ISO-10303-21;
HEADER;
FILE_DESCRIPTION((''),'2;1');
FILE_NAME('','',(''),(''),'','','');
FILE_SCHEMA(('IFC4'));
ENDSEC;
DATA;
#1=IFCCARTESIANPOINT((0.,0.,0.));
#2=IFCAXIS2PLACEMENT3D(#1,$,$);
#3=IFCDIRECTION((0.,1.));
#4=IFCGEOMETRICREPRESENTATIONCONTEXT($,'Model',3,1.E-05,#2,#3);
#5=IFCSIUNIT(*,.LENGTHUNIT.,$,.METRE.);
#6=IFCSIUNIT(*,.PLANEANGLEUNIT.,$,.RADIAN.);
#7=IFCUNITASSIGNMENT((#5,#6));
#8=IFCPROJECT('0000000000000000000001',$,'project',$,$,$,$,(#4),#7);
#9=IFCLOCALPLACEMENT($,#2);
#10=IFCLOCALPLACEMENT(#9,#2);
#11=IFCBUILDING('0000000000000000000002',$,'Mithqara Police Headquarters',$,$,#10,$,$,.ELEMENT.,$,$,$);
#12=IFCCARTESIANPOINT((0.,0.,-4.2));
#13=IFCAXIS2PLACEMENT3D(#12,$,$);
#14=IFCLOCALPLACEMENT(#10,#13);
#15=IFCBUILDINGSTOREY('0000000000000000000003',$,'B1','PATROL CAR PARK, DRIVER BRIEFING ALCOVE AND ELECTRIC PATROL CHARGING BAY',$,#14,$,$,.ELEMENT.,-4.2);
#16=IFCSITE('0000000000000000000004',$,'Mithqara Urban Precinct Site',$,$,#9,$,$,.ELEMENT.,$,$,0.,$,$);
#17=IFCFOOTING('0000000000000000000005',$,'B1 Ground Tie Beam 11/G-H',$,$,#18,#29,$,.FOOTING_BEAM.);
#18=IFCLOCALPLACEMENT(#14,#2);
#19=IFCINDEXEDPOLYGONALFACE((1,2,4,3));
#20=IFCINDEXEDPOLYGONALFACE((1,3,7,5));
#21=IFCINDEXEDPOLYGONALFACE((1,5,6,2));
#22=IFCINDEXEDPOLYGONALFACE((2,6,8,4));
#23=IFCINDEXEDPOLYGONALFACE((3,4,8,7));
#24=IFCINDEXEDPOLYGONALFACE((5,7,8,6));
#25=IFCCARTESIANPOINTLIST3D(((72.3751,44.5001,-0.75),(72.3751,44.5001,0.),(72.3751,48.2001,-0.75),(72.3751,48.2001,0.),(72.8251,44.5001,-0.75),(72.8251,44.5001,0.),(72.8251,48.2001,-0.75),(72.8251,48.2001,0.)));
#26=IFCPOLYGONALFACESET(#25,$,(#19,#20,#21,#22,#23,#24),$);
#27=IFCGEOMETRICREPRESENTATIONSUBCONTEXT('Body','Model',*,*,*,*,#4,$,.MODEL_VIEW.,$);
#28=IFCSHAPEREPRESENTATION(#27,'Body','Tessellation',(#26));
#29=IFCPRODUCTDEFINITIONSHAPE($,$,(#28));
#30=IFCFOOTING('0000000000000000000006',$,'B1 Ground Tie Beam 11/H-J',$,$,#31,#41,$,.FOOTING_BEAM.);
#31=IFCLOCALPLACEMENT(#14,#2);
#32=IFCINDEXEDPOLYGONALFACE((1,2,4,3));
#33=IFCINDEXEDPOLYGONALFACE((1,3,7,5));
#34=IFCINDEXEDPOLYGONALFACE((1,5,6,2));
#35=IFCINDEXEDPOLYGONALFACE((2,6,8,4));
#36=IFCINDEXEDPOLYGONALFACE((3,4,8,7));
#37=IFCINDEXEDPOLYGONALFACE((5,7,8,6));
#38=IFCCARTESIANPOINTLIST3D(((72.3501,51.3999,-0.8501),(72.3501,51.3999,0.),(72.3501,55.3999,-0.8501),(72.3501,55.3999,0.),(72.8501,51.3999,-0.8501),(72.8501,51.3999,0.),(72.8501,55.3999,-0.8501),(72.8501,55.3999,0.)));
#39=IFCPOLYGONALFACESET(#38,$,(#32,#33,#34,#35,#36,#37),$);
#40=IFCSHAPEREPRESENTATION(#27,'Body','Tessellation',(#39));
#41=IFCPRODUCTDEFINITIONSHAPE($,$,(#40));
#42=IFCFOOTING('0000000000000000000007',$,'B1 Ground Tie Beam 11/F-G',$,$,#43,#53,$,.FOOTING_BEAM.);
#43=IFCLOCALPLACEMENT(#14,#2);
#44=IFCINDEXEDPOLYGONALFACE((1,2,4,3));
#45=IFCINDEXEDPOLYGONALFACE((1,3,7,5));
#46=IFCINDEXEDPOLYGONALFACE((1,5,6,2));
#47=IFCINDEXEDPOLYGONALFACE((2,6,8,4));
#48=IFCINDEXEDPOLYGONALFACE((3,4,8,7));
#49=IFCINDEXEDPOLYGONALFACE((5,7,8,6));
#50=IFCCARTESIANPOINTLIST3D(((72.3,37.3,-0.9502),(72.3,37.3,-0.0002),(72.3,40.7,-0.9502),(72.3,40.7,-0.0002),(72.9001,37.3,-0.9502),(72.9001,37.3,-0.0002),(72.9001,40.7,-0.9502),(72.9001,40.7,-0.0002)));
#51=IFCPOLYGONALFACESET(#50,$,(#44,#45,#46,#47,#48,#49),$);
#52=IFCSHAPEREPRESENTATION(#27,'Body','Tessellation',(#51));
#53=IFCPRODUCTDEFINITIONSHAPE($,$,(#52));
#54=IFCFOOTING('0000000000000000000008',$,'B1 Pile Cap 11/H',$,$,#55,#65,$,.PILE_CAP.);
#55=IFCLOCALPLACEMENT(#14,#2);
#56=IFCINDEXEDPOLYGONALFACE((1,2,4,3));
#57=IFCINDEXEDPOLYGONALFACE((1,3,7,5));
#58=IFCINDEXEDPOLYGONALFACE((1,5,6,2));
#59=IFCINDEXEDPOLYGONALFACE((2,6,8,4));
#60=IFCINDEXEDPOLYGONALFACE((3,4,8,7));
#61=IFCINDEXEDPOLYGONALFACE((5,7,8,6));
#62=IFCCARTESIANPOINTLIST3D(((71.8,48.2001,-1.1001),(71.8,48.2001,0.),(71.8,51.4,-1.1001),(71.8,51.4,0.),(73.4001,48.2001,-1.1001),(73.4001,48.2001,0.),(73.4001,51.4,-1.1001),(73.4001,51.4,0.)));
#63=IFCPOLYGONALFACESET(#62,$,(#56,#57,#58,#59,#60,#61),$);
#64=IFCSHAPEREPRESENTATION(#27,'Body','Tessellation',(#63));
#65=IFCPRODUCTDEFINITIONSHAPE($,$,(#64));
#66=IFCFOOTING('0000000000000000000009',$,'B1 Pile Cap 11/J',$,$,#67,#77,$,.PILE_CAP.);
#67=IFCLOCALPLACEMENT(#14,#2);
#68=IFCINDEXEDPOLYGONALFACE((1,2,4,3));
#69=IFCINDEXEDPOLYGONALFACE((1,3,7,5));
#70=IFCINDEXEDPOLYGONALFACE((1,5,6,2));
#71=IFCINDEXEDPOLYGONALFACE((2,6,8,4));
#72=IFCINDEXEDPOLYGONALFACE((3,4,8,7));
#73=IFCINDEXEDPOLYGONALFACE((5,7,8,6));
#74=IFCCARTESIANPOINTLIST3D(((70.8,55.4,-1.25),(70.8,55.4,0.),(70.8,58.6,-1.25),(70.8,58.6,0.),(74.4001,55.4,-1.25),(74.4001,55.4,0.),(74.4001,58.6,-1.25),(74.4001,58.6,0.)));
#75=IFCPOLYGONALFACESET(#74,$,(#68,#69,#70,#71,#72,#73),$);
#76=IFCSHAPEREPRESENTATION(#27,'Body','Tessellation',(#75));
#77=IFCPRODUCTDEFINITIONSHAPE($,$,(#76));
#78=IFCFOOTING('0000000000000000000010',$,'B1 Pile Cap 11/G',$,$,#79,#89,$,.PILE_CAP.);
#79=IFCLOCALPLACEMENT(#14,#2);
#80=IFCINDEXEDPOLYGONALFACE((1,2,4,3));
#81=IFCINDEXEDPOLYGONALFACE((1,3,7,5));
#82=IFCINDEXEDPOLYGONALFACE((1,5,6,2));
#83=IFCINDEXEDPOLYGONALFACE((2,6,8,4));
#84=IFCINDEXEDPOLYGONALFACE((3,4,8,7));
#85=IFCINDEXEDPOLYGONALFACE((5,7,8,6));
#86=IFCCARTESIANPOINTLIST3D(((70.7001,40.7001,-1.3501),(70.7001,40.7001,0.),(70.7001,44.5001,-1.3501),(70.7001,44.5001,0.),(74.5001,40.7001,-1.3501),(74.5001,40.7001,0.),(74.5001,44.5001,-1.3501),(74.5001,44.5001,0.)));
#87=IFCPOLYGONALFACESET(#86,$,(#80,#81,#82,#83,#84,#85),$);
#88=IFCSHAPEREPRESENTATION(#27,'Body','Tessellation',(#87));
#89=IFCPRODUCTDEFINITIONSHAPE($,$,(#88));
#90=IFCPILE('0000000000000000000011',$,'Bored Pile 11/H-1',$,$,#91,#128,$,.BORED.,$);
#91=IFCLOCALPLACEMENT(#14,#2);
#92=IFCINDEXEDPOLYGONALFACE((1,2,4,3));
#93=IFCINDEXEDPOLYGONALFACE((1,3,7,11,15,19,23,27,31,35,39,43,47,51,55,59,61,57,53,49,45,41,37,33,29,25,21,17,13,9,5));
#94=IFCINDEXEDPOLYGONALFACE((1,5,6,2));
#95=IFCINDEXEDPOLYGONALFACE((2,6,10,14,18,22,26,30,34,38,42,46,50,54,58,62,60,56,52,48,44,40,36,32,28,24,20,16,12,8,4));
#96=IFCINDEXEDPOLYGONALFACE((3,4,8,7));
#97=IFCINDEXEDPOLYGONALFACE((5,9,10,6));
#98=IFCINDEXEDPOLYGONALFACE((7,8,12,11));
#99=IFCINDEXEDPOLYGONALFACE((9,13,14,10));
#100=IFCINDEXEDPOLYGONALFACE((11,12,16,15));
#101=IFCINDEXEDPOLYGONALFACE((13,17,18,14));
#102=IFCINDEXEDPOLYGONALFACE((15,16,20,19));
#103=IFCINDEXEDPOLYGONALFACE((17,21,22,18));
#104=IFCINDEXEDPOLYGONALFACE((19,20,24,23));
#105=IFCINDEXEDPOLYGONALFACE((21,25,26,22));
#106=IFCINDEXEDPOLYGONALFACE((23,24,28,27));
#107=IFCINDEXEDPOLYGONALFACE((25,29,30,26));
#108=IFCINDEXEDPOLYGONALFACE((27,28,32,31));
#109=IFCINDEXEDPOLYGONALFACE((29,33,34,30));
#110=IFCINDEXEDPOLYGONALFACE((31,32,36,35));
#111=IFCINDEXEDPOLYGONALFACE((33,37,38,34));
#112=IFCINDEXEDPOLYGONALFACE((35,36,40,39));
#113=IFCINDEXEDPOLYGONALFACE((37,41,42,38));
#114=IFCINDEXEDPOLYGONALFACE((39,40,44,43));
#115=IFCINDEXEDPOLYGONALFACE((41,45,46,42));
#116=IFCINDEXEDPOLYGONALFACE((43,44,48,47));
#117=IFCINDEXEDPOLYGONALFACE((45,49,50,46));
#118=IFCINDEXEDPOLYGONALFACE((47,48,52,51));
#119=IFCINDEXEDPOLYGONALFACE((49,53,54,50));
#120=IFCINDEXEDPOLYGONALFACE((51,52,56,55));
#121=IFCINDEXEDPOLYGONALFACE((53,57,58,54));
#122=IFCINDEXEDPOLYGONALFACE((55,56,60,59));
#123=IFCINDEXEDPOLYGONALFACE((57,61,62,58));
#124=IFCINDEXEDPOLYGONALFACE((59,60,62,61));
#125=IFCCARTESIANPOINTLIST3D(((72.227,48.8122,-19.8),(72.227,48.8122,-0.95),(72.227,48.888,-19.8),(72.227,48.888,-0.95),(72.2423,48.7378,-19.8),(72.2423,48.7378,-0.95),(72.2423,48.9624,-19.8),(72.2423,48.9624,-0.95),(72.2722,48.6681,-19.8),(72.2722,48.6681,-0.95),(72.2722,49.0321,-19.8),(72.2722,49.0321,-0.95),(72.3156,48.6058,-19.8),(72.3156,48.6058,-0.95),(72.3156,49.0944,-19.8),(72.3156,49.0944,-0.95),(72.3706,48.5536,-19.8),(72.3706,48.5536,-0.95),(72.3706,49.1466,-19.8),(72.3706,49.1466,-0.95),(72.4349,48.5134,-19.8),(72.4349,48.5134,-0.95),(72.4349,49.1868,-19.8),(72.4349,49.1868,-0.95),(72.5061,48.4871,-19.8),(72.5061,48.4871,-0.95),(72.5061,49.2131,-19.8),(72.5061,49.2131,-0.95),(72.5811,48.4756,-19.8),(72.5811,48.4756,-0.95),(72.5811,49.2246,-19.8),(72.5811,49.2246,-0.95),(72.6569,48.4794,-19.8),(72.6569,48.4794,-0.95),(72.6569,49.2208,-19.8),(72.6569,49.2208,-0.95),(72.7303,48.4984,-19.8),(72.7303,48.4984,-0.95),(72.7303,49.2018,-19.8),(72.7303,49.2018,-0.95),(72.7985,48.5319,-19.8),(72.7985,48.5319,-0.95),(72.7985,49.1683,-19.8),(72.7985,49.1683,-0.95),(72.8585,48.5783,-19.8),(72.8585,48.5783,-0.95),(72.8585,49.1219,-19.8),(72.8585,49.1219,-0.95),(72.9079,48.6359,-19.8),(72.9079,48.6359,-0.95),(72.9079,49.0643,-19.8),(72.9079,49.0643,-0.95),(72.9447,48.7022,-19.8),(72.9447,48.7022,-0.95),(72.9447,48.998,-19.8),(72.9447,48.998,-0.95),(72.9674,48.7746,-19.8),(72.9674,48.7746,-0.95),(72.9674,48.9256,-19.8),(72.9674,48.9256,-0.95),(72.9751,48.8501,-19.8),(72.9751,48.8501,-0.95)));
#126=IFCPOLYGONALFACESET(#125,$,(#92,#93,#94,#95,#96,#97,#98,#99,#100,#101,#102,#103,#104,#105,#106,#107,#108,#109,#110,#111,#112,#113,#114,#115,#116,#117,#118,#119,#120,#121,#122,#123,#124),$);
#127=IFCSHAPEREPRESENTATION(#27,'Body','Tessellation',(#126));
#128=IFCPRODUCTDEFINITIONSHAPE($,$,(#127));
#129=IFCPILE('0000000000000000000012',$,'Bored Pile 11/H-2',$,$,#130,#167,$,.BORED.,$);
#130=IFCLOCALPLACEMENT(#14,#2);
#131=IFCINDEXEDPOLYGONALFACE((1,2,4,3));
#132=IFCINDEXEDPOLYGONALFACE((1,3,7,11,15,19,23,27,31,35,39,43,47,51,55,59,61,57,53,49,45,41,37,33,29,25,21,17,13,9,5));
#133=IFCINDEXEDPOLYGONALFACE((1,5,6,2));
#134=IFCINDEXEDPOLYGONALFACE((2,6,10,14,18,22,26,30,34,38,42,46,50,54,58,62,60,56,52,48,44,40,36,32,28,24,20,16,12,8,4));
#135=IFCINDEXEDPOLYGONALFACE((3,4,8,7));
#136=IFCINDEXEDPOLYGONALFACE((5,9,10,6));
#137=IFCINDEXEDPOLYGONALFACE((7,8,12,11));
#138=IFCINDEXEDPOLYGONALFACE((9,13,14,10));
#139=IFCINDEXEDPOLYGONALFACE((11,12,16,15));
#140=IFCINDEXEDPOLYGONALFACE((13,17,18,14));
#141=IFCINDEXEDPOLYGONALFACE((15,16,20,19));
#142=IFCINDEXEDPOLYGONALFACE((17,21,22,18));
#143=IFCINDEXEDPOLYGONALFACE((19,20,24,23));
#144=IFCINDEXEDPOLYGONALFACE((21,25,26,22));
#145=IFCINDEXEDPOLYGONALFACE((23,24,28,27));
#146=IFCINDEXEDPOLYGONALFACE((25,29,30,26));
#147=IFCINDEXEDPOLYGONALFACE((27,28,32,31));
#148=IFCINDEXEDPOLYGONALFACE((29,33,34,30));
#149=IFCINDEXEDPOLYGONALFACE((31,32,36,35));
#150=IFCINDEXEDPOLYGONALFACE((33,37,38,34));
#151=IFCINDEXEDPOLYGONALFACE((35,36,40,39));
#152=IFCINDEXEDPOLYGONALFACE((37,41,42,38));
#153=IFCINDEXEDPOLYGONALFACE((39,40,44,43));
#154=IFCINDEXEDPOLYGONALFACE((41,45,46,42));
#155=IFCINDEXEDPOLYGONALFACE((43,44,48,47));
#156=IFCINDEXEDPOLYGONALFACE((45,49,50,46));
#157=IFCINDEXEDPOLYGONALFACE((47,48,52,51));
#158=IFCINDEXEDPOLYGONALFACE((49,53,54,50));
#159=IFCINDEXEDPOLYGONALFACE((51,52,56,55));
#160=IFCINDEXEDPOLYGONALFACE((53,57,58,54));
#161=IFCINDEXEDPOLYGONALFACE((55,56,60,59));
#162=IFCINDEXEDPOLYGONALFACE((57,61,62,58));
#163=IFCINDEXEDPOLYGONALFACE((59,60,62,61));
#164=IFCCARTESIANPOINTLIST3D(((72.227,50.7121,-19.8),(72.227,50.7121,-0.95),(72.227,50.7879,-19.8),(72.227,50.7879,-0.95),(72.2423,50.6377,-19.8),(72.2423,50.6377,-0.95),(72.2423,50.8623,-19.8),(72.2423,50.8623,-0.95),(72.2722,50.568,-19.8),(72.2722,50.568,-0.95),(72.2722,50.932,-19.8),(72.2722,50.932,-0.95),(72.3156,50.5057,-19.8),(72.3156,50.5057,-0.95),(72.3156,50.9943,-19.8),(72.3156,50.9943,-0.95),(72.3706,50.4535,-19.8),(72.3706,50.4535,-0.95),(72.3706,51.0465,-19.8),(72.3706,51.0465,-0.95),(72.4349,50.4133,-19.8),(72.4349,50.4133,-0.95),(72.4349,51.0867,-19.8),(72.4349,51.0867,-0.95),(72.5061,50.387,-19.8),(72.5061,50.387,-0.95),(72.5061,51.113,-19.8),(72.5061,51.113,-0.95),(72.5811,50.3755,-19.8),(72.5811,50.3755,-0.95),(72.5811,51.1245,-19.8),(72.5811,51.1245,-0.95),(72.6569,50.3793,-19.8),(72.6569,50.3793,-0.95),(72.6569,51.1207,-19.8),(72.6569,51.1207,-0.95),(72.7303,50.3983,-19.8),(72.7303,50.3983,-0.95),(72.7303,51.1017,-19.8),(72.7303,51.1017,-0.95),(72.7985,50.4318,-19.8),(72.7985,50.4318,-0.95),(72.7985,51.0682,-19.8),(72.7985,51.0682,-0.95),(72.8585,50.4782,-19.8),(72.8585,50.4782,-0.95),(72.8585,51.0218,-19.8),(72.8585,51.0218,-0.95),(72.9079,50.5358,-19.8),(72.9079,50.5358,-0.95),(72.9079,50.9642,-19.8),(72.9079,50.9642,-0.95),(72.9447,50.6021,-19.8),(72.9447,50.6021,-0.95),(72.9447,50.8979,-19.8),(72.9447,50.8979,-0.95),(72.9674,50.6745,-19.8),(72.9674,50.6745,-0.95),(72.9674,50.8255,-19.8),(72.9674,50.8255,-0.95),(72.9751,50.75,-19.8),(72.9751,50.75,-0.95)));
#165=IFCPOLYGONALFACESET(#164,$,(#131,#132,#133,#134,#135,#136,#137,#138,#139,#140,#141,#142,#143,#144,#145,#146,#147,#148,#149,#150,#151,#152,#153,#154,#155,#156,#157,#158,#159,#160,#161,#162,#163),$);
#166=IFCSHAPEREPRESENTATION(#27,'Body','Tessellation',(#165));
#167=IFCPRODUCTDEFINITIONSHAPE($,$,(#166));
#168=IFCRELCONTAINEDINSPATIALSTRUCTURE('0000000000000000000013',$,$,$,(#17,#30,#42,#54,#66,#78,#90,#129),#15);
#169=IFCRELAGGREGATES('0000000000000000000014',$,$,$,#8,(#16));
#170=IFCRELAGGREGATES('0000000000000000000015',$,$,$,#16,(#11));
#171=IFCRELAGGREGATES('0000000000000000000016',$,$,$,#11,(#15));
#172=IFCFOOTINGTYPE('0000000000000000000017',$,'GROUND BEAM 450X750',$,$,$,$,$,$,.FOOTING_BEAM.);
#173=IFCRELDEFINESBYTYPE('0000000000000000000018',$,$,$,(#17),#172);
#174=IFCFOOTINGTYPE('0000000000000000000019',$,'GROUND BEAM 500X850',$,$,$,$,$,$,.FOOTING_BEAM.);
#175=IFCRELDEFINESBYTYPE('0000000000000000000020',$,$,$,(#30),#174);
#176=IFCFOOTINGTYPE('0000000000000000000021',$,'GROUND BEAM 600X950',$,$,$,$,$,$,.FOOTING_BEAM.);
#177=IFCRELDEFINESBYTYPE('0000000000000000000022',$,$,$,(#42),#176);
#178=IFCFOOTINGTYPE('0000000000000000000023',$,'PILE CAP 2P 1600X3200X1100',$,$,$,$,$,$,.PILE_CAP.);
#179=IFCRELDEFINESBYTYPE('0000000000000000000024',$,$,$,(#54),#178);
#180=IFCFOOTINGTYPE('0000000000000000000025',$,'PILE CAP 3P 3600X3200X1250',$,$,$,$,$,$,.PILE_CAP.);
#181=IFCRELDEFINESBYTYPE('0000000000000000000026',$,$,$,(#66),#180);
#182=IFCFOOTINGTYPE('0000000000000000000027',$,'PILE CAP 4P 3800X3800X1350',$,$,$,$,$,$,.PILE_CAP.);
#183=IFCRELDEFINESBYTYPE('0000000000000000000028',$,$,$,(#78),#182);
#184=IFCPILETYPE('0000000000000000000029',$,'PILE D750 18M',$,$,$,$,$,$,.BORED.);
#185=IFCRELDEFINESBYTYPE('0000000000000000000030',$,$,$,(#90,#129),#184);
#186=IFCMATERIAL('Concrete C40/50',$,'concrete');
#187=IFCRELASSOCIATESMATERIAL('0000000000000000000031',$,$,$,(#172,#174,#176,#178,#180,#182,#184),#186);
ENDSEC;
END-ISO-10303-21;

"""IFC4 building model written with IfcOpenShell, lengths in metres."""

from ifc_helpers import new_model, si_unit, direction, frame, origin, origin_2d, place, context, subcontext, project, spatial, rectangle, circle, extrude, material, material_profile, profile_set, type_object, element, save


model = new_model("IFC4")

# Units and contexts
model_context = context("Model", 3, precision=1e-05, world=origin(), true_north=direction((0.0, 1.0)))
body_context = subcontext(model_context, "Body", "Model", "MODEL_VIEW")
ifc_project = project(units=[si_unit("LENGTHUNIT", "METRE"), si_unit("PLANEANGLEUNIT", "RADIAN")], contexts=[model_context])

# Site, building, storey
site_placement = place(None, origin())
site = spatial("IfcSite", under=ifc_project, at=site_placement, Name="Mithqara Urban Precinct Site", CompositionType="ELEMENT", RefElevation=0.0)
building_placement = place(site_placement, origin())
building = spatial("IfcBuilding", under=site, at=building_placement, Name="Mithqara Police Headquarters", CompositionType="ELEMENT")
storey_placement = place(building_placement, frame((0.0, 0.0, -4.2)))
storey = spatial("IfcBuildingStorey", under=building, at=storey_placement, Name="B1", Description="PATROL CAR PARK, DRIVER BRIEFING ALCOVE AND ELECTRIC PATROL CHARGING BAY", CompositionType="ELEMENT", Elevation=-4.2)

# Footings
ifc_material_1 = material(Name="Concrete C40/50", Category="concrete")
footing_type_1 = type_object("IfcFootingType", Name="GROUND BEAM 450X750", PredefinedType="FOOTING_BEAM", material=ifc_material_1)
footing_1_placement = place(storey_placement, frame((72.6001, 46.3501, -0.75), z_axis=(0.0, 0.0, 1.0), x_axis=(1.0, 0.0, 0.0)))
element("IfcFooting", 1, at=footing_1_placement, inside=storey, type_object=footing_type_1, Name="B1 Ground Tie Beam 11/G-H", PredefinedType="FOOTING_BEAM", context=body_context, shape_type="SweptSolid", body=[
    extrude(rectangle(XDim=0.45, YDim=3.7, at=origin_2d()), origin(), (0.0, 0.0, 1.0), 0.75),
])
footing_type_2 = type_object("IfcFootingType", Name="GROUND BEAM 500X850", PredefinedType="FOOTING_BEAM", material=ifc_material_1)
footing_2_placement = place(storey_placement, frame((72.6001, 53.3999, -0.8501), z_axis=(0.0, 0.0, 1.0), x_axis=(1.0, 0.0, 0.0)))
element("IfcFooting", 2, at=footing_2_placement, inside=storey, type_object=footing_type_2, Name="B1 Ground Tie Beam 11/H-J", PredefinedType="FOOTING_BEAM", context=body_context, shape_type="SweptSolid", body=[
    extrude(rectangle(XDim=0.5, YDim=4.0, at=origin_2d()), origin(), (0.0, 0.0, 1.0), 0.8501),
])
footing_type_3 = type_object("IfcFootingType", Name="GROUND BEAM 600X950", PredefinedType="FOOTING_BEAM", material=ifc_material_1)
footing_3_placement = place(storey_placement, frame((72.6001, 39.0, -0.9502), z_axis=(0.0, 0.0, 1.0), x_axis=(1.0, 0.0, 0.0)))
element("IfcFooting", 3, at=footing_3_placement, inside=storey, type_object=footing_type_3, Name="B1 Ground Tie Beam 11/F-G", PredefinedType="FOOTING_BEAM", context=body_context, shape_type="SweptSolid", body=[
    extrude(rectangle(XDim=0.6001, YDim=3.3999, at=origin_2d()), origin(), (0.0, 0.0, 1.0), 0.95),
])
footing_type_4 = type_object("IfcFootingType", Name="PILE CAP 2P 1600X3200X1100", PredefinedType="PILE_CAP", material=ifc_material_1)
footing_4_placement = place(storey_placement, frame((72.6001, 49.8, -1.1001), z_axis=(0.0, 0.0, 1.0), x_axis=(1.0, 0.0, 0.0)))
element("IfcFooting", 4, at=footing_4_placement, inside=storey, type_object=footing_type_4, Name="B1 Pile Cap 11/H", PredefinedType="PILE_CAP", context=body_context, shape_type="SweptSolid", body=[
    extrude(rectangle(XDim=1.6001, YDim=3.2, at=origin_2d()), origin(), (0.0, 0.0, 1.0), 1.1001),
])
footing_type_5 = type_object("IfcFootingType", Name="PILE CAP 3P 3600X3200X1250", PredefinedType="PILE_CAP", material=ifc_material_1)
footing_5_placement = place(storey_placement, frame((72.6001, 57.0, -1.25), z_axis=(0.0, 0.0, 1.0), x_axis=(1.0, 0.0, 0.0)))
element("IfcFooting", 5, at=footing_5_placement, inside=storey, type_object=footing_type_5, Name="B1 Pile Cap 11/J", PredefinedType="PILE_CAP", context=body_context, shape_type="SweptSolid", body=[
    extrude(rectangle(XDim=3.6001, YDim=3.2, at=origin_2d()), origin(), (0.0, 0.0, 1.0), 1.25),
])
footing_type_6 = type_object("IfcFootingType", Name="PILE CAP 4P 3800X3800X1350", PredefinedType="PILE_CAP", material=ifc_material_1)
footing_6_placement = place(storey_placement, frame((72.6001, 42.6001, -1.3501), z_axis=(0.0, 0.0, 1.0), x_axis=(1.0, 0.0, 0.0)))
element("IfcFooting", 6, at=footing_6_placement, inside=storey, type_object=footing_type_6, Name="B1 Pile Cap 11/G", PredefinedType="PILE_CAP", context=body_context, shape_type="SweptSolid", body=[
    extrude(rectangle(XDim=3.8, YDim=3.8, at=origin_2d()), origin(), (0.0, 0.0, 1.0), 1.3501),
])

# Piles
ifc_material_profile_1 = material_profile(ifc_material_1, circle(Radius=0.375, at=origin_2d()), Name="PILE D750")
ifc_profile_set_1 = profile_set([ifc_material_profile_1], Name="Concrete C40/50")
pile_type_1 = type_object("IfcPileType", Name="PILE D750 18M", PredefinedType="BORED", material=ifc_profile_set_1)
for number, where, z_axis, x_axis, name in (
    (7, (72.6001, 48.8501, -0.95), (0.0, 0.0, -1.0), (1.0, 0.0, 0.0), "Bored Pile 11/H-1"),
    (8, (72.6001, 50.75, -0.95), (0.0, 0.0, -1.0), (1.0, 0.0, 0.0), "Bored Pile 11/H-2"),
):
    element("IfcPile", number, at=place(storey_placement, frame(where, z_axis=z_axis, x_axis=x_axis)), inside=storey, type_object=pile_type_1, Name=name, PredefinedType="BORED", context=body_context, shape_type="SweptSolid", body=[
        extrude(circle(Radius=0.375, at=origin_2d()), origin(), (0.0, 0.0, 1.0), 18.8501),
    ])

save(model, "model.ifc")
